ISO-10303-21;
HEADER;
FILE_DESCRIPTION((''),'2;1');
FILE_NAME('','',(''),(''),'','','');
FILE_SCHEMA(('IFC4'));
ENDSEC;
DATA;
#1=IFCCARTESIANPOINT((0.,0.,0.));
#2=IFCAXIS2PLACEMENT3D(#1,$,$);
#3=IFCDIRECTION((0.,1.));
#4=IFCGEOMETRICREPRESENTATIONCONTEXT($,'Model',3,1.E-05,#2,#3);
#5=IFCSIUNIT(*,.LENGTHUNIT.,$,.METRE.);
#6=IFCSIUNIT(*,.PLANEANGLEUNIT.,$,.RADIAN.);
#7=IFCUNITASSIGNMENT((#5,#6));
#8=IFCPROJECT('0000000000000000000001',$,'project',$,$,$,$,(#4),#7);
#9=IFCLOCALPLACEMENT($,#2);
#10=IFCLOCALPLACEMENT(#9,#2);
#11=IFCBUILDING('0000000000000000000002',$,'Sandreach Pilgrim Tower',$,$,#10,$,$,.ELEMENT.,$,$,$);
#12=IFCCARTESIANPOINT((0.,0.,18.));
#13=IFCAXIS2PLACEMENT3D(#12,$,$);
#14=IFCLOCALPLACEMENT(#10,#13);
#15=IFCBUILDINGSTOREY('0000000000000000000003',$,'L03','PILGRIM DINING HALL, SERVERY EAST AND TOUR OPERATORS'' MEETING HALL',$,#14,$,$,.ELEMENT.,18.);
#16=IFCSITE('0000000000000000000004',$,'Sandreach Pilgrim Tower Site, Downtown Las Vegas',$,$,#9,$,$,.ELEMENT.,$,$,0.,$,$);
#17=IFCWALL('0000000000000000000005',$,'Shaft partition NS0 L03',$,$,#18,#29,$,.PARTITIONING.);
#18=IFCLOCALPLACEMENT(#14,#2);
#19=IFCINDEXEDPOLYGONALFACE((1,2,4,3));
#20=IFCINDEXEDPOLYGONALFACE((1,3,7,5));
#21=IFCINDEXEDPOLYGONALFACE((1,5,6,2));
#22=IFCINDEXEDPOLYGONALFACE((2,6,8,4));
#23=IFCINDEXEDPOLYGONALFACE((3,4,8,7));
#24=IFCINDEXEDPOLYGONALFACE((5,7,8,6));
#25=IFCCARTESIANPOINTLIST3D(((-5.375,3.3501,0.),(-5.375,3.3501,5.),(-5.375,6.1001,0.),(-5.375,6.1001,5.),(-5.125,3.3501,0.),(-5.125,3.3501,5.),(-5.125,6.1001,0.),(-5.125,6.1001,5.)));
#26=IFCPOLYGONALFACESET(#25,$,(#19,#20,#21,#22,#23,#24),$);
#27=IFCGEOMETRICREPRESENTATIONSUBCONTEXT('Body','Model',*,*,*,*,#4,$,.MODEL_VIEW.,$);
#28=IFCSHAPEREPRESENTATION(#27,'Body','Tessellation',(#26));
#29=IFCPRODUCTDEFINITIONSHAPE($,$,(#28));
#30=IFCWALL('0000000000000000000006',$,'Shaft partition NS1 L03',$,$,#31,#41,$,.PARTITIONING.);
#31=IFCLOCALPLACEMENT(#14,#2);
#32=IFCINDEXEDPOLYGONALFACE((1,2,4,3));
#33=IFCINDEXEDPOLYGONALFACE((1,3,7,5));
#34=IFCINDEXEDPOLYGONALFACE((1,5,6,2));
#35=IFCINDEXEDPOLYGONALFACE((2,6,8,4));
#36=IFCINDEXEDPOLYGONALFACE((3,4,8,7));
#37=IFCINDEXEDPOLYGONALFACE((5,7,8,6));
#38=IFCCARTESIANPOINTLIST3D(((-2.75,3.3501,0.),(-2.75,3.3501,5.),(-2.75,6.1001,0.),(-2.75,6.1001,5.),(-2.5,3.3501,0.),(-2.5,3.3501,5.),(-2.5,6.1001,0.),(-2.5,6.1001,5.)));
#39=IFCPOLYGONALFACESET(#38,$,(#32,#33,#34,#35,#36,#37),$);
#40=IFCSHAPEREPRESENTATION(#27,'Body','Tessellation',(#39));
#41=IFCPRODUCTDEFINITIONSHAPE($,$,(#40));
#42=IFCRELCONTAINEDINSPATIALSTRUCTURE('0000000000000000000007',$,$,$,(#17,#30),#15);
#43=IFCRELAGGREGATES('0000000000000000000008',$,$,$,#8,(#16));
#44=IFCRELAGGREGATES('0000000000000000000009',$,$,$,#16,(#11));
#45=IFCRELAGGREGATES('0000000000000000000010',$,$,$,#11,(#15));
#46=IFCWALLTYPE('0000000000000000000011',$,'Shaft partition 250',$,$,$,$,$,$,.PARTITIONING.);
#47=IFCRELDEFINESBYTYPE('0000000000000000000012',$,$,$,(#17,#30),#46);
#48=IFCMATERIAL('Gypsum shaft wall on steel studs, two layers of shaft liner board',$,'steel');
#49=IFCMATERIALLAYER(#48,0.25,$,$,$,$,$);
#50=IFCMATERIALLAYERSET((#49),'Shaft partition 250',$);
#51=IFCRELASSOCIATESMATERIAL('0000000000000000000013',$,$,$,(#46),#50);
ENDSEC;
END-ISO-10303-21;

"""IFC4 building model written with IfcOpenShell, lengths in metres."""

from ifc_helpers import new_model, si_unit, direction, frame, frame_2d, origin, place, context, subcontext, project, spatial, rectangle, extrude, material, layer, layer_set, type_object, element, save


model = new_model("IFC4")

# Units and contexts
model_context = context("Model", 3, precision=1e-05, world=origin(), true_north=direction((0.0, 1.0)))
body_context = subcontext(model_context, "Body", "Model", "MODEL_VIEW")
ifc_project = project(units=[si_unit("LENGTHUNIT", "METRE"), si_unit("PLANEANGLEUNIT", "RADIAN")], contexts=[model_context])

# Site, building, storey
site_placement = place(None, origin())
site = spatial("IfcSite", under=ifc_project, at=site_placement, Name="Sandreach Pilgrim Tower Site, Downtown Las Vegas", CompositionType="ELEMENT", RefElevation=0.0)
building_placement = place(site_placement, origin())
building = spatial("IfcBuilding", under=site, at=building_placement, Name="Sandreach Pilgrim Tower", CompositionType="ELEMENT")
storey_placement = place(building_placement, frame((0.0, 0.0, 18.0)))
storey = spatial("IfcBuildingStorey", under=building, at=storey_placement, Name="L03", Description="PILGRIM DINING HALL, SERVERY EAST AND TOUR OPERATORS' MEETING HALL", CompositionType="ELEMENT", Elevation=18.0)

# Walls
ifc_material_1 = material(Name="Gypsum shaft wall on steel studs, two layers of shaft liner board", Category="steel")
ifc_layer_1 = layer(ifc_material_1, 0.25)
ifc_layer_set_1 = layer_set([ifc_layer_1], Name="Shaft partition 250")
wall_type_1 = type_object("IfcWallType", Name="Shaft partition 250", PredefinedType="PARTITIONING", material=ifc_layer_set_1)
for number, where, z_axis, x_axis, name in (
    (1, (-5.25, 3.3501, 0.0), (0.0, 0.0, 1.0), (0.0, 1.0, 0.0), "Shaft partition NS0 L03"),
    (2, (-2.625, 3.3501, 0.0), (0.0, 0.0, 1.0), (0.0, 1.0, 0.0), "Shaft partition NS1 L03"),
):
    element("IfcWall", number, at=place(storey_placement, frame(where, z_axis=z_axis, x_axis=x_axis)), inside=storey, type_object=wall_type_1, Name=name, PredefinedType="PARTITIONING", context=body_context, shape_type="SweptSolid", body=[
        extrude(rectangle(XDim=2.75, YDim=0.25, at=frame_2d((1.375, 0.0))), origin(), (0.0, 0.0, 1.0), 5.0),
    ])

save(model, "model.ifc")
